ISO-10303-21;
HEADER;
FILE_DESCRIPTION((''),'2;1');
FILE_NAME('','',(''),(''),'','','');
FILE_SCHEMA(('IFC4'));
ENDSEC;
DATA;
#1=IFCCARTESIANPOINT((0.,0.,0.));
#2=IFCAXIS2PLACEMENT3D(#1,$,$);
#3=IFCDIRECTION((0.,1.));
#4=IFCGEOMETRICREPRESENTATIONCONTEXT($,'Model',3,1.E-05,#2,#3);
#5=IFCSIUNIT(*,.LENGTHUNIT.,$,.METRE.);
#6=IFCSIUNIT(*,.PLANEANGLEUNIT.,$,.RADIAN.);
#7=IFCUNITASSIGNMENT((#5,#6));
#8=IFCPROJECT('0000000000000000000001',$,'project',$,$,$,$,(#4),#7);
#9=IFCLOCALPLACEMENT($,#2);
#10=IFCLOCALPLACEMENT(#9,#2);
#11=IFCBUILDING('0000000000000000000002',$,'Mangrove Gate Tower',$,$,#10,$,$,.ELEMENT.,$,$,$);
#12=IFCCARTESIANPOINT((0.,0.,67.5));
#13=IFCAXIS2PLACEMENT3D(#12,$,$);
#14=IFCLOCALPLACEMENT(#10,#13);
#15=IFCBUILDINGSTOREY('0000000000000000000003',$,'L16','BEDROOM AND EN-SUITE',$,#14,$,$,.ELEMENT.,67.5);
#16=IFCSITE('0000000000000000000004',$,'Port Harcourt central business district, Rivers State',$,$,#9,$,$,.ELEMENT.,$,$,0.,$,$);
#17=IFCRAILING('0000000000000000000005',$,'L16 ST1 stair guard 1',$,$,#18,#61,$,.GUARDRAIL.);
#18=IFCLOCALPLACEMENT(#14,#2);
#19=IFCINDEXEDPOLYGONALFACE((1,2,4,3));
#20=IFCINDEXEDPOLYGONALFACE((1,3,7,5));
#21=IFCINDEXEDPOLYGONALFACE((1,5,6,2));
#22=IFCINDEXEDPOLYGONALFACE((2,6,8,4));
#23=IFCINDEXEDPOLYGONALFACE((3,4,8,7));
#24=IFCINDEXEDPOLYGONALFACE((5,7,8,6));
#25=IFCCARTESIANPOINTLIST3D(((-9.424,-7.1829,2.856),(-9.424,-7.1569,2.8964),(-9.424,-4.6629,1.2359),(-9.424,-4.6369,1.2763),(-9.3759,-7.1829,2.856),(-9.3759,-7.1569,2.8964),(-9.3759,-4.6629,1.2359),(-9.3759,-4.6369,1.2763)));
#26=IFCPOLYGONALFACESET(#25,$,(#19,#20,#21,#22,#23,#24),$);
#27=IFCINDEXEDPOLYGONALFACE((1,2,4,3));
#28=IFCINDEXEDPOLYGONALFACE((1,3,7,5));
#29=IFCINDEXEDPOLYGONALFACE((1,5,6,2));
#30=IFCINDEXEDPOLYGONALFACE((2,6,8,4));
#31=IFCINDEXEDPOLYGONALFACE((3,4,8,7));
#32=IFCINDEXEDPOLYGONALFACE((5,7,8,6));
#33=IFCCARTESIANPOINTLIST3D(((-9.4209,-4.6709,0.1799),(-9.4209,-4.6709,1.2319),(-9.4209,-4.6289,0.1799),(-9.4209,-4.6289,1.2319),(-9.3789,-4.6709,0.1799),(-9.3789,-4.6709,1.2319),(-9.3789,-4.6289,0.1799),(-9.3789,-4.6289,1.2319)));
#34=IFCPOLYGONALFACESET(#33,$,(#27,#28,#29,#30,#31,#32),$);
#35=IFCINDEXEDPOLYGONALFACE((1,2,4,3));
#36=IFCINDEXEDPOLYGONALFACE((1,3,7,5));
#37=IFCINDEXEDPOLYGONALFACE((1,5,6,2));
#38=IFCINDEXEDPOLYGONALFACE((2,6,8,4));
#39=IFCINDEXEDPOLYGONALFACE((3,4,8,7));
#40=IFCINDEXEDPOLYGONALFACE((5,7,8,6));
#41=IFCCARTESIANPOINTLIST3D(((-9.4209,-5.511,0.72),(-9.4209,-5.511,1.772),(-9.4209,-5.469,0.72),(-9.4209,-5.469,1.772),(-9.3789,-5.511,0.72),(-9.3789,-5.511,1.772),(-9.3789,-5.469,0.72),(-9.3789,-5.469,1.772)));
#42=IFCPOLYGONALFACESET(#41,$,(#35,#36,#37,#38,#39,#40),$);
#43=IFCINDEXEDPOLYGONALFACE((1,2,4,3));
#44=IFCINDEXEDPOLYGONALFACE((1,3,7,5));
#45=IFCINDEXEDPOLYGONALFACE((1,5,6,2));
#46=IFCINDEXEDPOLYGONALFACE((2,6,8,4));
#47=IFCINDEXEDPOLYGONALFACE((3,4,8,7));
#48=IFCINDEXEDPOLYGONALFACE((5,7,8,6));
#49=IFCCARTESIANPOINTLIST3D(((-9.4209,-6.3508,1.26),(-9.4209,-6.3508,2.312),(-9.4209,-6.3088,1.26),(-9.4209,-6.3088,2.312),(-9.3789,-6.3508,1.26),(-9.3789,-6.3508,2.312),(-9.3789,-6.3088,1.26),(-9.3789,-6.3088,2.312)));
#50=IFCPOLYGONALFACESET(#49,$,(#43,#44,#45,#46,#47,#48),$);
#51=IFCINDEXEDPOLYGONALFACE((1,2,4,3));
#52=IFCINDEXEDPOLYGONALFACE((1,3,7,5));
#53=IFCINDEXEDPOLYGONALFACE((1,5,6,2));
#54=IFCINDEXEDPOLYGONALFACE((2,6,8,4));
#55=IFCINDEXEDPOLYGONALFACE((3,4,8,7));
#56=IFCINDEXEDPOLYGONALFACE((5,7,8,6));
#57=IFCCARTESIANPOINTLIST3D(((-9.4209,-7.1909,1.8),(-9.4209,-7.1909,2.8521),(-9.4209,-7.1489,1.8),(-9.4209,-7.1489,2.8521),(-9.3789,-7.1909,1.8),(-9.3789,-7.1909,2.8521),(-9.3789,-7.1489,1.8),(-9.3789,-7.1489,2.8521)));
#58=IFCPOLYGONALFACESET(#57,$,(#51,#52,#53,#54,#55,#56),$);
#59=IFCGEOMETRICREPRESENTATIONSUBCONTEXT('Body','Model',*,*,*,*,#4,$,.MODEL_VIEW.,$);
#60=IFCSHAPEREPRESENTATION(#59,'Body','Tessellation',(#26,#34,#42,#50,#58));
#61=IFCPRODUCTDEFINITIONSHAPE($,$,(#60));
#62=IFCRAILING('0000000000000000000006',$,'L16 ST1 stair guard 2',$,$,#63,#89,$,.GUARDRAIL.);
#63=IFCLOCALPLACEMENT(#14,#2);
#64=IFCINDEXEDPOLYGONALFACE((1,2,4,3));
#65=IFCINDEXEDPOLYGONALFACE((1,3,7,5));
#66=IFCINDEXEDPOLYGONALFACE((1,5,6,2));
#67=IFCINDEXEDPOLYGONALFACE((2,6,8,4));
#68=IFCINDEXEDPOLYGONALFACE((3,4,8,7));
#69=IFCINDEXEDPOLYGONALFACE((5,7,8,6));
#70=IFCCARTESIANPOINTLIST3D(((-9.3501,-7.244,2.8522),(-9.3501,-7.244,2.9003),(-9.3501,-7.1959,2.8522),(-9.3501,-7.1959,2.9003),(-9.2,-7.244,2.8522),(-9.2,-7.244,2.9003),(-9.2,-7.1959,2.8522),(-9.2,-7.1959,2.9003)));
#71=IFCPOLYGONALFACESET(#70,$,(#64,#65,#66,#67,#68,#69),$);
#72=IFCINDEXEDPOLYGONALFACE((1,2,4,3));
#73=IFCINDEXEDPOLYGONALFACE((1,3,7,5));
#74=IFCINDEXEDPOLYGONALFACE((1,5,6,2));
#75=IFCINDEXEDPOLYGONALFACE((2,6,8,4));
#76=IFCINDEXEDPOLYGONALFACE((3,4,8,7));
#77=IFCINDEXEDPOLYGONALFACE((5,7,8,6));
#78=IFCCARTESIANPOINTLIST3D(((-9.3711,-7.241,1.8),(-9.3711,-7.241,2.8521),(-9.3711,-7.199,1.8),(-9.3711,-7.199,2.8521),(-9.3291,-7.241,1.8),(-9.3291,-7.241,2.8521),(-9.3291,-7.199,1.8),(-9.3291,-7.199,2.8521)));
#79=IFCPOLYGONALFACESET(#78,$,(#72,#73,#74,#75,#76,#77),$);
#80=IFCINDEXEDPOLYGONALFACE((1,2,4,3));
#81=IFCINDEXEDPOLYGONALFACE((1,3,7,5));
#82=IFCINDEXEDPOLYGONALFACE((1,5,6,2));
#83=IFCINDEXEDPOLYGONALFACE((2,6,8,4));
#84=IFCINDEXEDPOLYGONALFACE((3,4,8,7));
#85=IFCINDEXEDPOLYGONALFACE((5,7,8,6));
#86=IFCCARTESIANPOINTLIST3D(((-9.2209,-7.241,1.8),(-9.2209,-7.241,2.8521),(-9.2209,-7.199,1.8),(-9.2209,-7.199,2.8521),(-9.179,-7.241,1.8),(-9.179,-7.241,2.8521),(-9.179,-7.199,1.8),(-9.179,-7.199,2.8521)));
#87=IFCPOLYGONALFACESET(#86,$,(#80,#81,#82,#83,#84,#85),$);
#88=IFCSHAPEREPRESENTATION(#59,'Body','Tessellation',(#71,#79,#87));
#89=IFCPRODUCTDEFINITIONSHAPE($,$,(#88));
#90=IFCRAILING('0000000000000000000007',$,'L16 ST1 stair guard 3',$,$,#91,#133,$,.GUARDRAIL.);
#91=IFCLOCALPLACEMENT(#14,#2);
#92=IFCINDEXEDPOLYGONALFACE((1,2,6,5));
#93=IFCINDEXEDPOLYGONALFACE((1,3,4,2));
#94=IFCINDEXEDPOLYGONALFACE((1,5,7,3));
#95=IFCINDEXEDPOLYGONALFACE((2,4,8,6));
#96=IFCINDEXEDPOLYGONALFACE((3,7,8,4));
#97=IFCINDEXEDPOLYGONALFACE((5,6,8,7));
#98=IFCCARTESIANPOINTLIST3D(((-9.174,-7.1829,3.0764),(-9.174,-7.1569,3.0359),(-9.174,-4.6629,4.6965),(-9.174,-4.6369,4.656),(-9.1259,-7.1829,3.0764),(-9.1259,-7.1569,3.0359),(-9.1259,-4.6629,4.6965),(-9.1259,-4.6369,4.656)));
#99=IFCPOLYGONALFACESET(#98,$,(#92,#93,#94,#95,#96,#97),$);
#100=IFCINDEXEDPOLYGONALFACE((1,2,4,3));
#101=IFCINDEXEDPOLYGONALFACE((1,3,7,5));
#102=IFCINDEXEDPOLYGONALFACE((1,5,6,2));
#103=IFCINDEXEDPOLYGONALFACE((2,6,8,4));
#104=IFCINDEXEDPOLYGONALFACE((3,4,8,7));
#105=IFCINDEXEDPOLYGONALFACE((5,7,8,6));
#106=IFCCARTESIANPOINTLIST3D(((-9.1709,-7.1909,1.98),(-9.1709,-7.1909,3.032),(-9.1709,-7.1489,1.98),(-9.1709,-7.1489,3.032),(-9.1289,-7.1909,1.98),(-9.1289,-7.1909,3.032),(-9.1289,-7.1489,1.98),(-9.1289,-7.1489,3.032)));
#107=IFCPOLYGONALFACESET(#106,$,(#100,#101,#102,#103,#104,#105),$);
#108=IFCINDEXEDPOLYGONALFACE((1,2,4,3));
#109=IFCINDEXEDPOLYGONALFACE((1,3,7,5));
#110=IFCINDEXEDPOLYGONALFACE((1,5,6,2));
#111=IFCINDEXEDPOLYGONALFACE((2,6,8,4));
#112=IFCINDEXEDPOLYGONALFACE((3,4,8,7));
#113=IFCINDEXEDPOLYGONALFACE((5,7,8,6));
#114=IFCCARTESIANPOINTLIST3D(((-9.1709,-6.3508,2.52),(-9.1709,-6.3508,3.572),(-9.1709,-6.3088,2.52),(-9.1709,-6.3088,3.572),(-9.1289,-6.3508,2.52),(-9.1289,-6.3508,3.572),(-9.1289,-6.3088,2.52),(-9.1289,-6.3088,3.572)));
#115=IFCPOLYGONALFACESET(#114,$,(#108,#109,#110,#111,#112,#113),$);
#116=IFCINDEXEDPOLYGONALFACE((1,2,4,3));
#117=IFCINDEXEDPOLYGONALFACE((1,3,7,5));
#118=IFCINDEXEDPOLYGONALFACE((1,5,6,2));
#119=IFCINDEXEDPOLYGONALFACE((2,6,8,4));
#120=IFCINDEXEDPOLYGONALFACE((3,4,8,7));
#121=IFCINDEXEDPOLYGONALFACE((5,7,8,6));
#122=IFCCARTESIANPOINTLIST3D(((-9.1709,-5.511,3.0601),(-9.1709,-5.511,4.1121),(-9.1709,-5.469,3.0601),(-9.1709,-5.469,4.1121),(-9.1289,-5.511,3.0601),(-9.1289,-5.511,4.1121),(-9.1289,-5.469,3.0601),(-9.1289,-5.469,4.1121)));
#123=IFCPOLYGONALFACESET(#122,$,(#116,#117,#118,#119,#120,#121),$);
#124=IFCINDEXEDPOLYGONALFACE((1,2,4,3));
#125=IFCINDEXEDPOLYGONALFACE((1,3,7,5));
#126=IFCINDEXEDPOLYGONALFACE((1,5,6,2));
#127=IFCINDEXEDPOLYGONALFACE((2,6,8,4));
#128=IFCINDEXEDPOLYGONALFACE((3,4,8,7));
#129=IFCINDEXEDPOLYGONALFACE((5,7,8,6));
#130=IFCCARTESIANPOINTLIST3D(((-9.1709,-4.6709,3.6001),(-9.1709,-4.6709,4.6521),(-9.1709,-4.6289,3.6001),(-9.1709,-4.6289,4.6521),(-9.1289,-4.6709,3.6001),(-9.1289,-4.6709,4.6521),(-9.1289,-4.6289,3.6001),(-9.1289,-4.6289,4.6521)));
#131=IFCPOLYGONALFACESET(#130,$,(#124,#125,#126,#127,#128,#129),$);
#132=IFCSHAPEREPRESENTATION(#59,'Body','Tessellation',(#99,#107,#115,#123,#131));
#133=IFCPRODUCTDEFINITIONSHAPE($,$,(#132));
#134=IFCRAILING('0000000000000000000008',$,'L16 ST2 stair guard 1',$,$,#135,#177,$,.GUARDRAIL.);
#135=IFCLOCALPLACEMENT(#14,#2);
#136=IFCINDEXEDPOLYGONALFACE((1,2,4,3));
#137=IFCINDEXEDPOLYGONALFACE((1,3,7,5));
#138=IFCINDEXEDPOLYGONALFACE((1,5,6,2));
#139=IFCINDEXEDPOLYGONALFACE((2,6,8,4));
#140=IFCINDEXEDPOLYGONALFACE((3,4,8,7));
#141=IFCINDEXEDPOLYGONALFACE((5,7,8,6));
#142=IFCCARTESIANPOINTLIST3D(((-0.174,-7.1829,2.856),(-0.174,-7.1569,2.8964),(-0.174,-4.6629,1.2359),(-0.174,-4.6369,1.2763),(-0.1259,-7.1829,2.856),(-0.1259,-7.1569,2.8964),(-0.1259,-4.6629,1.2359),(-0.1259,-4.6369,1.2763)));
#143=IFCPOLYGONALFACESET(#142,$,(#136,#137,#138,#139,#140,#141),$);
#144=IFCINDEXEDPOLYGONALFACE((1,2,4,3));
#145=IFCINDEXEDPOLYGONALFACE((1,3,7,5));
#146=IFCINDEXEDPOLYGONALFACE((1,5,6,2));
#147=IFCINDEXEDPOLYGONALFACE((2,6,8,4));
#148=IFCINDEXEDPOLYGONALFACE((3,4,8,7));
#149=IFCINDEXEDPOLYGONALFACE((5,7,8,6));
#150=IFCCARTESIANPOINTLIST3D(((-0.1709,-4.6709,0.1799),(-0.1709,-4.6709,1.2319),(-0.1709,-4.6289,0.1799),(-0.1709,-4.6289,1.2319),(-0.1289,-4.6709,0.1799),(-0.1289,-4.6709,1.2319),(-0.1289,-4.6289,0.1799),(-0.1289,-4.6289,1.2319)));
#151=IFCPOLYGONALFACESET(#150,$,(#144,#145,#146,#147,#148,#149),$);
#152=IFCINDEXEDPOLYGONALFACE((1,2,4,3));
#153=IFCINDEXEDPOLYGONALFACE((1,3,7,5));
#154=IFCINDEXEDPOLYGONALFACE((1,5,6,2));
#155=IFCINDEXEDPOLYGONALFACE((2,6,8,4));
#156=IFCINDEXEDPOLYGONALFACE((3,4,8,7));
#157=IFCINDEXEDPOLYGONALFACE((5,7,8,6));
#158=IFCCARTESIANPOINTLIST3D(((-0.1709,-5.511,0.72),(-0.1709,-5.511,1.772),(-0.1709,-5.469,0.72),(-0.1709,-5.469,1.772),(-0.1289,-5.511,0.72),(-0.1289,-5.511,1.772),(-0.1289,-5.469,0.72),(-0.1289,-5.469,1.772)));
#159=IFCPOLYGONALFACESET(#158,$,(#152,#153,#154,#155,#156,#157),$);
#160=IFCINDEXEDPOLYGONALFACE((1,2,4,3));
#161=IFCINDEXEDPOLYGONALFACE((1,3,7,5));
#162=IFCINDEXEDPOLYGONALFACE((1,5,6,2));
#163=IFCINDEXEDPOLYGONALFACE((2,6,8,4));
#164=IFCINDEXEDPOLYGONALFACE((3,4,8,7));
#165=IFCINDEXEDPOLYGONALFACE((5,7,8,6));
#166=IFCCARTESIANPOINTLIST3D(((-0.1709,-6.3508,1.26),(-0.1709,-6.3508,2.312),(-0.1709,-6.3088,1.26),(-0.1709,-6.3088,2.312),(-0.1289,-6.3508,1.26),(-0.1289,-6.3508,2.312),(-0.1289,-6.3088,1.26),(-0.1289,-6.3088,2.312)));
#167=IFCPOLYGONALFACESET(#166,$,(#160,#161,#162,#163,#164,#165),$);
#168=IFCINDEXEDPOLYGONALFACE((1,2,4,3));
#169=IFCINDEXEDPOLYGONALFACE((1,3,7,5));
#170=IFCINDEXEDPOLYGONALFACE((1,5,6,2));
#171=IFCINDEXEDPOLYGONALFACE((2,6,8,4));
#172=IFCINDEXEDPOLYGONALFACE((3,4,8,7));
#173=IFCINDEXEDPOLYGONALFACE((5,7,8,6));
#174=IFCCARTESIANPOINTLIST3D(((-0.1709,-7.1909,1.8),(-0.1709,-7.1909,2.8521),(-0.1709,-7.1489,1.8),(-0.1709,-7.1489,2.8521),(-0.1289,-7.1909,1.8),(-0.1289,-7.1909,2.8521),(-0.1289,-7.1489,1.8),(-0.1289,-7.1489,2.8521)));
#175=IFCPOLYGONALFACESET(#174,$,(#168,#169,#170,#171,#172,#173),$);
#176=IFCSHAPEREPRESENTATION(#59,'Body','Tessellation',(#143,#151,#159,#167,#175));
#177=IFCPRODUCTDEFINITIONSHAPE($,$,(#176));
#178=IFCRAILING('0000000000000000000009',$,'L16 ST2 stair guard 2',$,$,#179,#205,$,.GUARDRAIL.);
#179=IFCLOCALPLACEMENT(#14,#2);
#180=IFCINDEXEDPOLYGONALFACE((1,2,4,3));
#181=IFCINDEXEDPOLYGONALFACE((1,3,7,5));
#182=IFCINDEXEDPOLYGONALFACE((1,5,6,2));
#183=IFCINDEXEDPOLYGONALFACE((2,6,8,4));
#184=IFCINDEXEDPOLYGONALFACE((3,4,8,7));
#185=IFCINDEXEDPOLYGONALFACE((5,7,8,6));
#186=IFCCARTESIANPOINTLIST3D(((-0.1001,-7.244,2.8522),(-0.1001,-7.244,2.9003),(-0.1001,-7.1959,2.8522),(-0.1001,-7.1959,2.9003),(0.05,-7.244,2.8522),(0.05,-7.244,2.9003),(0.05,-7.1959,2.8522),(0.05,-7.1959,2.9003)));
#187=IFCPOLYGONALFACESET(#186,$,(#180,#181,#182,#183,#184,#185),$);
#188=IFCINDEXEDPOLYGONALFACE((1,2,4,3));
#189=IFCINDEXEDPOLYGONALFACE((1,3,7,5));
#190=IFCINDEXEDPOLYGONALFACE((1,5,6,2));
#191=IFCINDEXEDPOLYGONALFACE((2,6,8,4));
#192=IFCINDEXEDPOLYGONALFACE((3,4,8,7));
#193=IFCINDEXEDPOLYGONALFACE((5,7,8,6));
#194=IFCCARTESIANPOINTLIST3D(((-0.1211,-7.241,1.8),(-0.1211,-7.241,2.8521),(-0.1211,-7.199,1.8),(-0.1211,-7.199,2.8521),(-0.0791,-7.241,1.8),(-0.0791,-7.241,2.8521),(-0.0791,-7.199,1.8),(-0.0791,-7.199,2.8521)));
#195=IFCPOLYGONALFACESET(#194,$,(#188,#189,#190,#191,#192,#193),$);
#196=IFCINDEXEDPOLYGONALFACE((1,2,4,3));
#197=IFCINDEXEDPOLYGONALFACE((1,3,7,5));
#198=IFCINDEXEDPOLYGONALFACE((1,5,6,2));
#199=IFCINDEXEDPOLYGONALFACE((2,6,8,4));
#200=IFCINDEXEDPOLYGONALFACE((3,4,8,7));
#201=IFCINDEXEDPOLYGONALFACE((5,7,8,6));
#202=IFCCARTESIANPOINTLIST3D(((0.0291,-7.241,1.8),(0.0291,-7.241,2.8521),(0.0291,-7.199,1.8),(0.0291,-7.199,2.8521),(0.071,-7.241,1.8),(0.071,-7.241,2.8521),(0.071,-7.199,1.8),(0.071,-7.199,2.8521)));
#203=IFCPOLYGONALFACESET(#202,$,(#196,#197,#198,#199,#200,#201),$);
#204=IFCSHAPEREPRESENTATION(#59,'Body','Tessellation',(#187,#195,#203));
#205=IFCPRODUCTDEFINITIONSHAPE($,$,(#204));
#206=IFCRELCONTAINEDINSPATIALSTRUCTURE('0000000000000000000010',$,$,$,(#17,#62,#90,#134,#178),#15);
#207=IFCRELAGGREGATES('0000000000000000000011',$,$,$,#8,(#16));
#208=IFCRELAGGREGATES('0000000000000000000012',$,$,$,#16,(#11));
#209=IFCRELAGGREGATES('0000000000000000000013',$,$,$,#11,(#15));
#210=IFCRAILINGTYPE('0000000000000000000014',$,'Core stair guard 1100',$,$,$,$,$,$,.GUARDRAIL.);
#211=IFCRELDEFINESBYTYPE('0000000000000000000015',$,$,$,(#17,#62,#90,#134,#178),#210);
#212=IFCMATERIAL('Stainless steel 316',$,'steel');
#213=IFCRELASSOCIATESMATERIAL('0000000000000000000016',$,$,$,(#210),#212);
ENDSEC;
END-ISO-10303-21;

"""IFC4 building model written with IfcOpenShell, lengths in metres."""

from ifc_helpers import new_model, si_unit, direction, frame, origin, origin_2d, place, context, subcontext, project, spatial, rectangle, extrude, material, type_object, element, save


model = new_model("IFC4")

# Units and contexts
model_context = context("Model", 3, precision=1e-05, world=origin(), true_north=direction((0.0, 1.0)))
body_context = subcontext(model_context, "Body", "Model", "MODEL_VIEW")
ifc_project = project(units=[si_unit("LENGTHUNIT", "METRE"), si_unit("PLANEANGLEUNIT", "RADIAN")], contexts=[model_context])

# Site, building, storey
site_placement = place(None, origin())
site = spatial("IfcSite", under=ifc_project, at=site_placement, Name="Port Harcourt central business district, Rivers State", CompositionType="ELEMENT", RefElevation=0.0)
building_placement = place(site_placement, origin())
building = spatial("IfcBuilding", under=site, at=building_placement, Name="Mangrove Gate Tower", CompositionType="ELEMENT")
storey_placement = place(building_placement, frame((0.0, 0.0, 67.5)))
storey = spatial("IfcBuildingStorey", under=building, at=storey_placement, Name="L16", Description="BEDROOM AND EN-SUITE", CompositionType="ELEMENT", Elevation=67.5)

# Railings
ifc_material_1 = material(Name="Stainless steel 316", Category="steel")
railing_type_1 = type_object("IfcRailingType", Name="Core stair guard 1100", PredefinedType="GUARDRAIL", material=ifc_material_1)
railing_1_placement = place(storey_placement, frame((-9.3999, -4.6499, 0.1799)))
element("IfcRailing", 1, at=railing_1_placement, inside=storey, type_object=railing_type_1, Name="L16 ST1 stair guard 1", PredefinedType="GUARDRAIL", context=body_context, shape_type="SweptSolid", body=[
    extrude(rectangle(XDim=0.0481, YDim=0.0481, at=origin_2d()), frame((0.0, 0.0, 1.0762), z_axis=(0.0, -0.841163, 0.540782), x_axis=(1.0, 0.0, 0.0)), (0.0, 0.0, 1.0), 2.9958),
    extrude(rectangle(XDim=0.042, YDim=0.042, at=origin_2d()), origin(), (0.0, 0.0, 1.0), 1.052),
    extrude(rectangle(XDim=0.042, YDim=0.042, at=origin_2d()), frame((0.0, -0.8401, 0.54)), (0.0, 0.0, 1.0), 1.052),
    extrude(rectangle(XDim=0.042, YDim=0.042, at=origin_2d()), frame((0.0, -1.6799, 1.0801)), (0.0, 0.0, 1.0), 1.052),
    extrude(rectangle(XDim=0.042, YDim=0.042, at=origin_2d()), frame((0.0, -2.52, 1.6201)), (0.0, 0.0, 1.0), 1.052),
])
railing_2_placement = place(storey_placement, frame((-9.3501, -7.22, 1.8)))
element("IfcRailing", 2, at=railing_2_placement, inside=storey, type_object=railing_type_1, Name="L16 ST1 stair guard 2", PredefinedType="GUARDRAIL", context=body_context, shape_type="SweptSolid", body=[
    extrude(rectangle(XDim=0.0481, YDim=0.0481, at=origin_2d()), frame((0.0, 0.0, 1.0762), z_axis=(1.0, 0.0, 0.0), x_axis=(0.0, 1.0, 0.0)), (0.0, 0.0, 1.0), 0.1501),
    extrude(rectangle(XDim=0.042, YDim=0.042, at=origin_2d()), origin(), (0.0, 0.0, 1.0), 1.052),
    extrude(rectangle(XDim=0.042, YDim=0.042, at=origin_2d()), frame((0.1501, 0.0, 0.0)), (0.0, 0.0, 1.0), 1.052),
])
railing_3_placement = place(storey_placement, frame((-9.1499, -7.1699, 1.98)))
element("IfcRailing", 3, at=railing_3_placement, inside=storey, type_object=railing_type_1, Name="L16 ST1 stair guard 3", PredefinedType="GUARDRAIL", context=body_context, shape_type="SweptSolid", body=[
    extrude(rectangle(XDim=0.0481, YDim=0.0481, at=origin_2d()), frame((0.0, 0.0, 1.0762), z_axis=(0.0, 0.841163, 0.540782), x_axis=(-1.0, 0.0, 0.0)), (0.0, 0.0, 1.0), 2.9958),
    extrude(rectangle(XDim=0.042, YDim=0.042, at=origin_2d()), origin(), (0.0, 0.0, 1.0), 1.052),
    extrude(rectangle(XDim=0.042, YDim=0.042, at=origin_2d()), frame((0.0, 0.8401, 0.54)), (0.0, 0.0, 1.0), 1.052),
    extrude(rectangle(XDim=0.042, YDim=0.042, at=origin_2d()), frame((0.0, 1.6799, 1.0801)), (0.0, 0.0, 1.0), 1.052),
    extrude(rectangle(XDim=0.042, YDim=0.042, at=origin_2d()), frame((0.0, 2.52, 1.6201)), (0.0, 0.0, 1.0), 1.052),
])
railing_4_placement = place(storey_placement, frame((-0.1499, -4.6499, 0.1799)))
element("IfcRailing", 4, at=railing_4_placement, inside=storey, type_object=railing_type_1, Name="L16 ST2 stair guard 1", PredefinedType="GUARDRAIL", context=body_context, shape_type="SweptSolid", body=[
    extrude(rectangle(XDim=0.0481, YDim=0.0481, at=origin_2d()), frame((0.0, 0.0, 1.0762), z_axis=(0.0, -0.841163, 0.540782), x_axis=(1.0, 0.0, 0.0)), (0.0, 0.0, 1.0), 2.9958),
    extrude(rectangle(XDim=0.042, YDim=0.042, at=origin_2d()), origin(), (0.0, 0.0, 1.0), 1.052),
    extrude(rectangle(XDim=0.042, YDim=0.042, at=origin_2d()), frame((0.0, -0.8401, 0.54)), (0.0, 0.0, 1.0), 1.052),
    extrude(rectangle(XDim=0.042, YDim=0.042, at=origin_2d()), frame((0.0, -1.6799, 1.0801)), (0.0, 0.0, 1.0), 1.052),
    extrude(rectangle(XDim=0.042, YDim=0.042, at=origin_2d()), frame((0.0, -2.52, 1.6201)), (0.0, 0.0, 1.0), 1.052),
])
railing_5_placement = place(storey_placement, frame((-0.1001, -7.22, 1.8)))
element("IfcRailing", 5, at=railing_5_placement, inside=storey, type_object=railing_type_1, Name="L16 ST2 stair guard 2", PredefinedType="GUARDRAIL", context=body_context, shape_type="SweptSolid", body=[
    extrude(rectangle(XDim=0.0481, YDim=0.0481, at=origin_2d()), frame((0.0, 0.0, 1.0762), z_axis=(1.0, 0.0, 0.0), x_axis=(0.0, 1.0, 0.0)), (0.0, 0.0, 1.0), 0.1501),
    extrude(rectangle(XDim=0.042, YDim=0.042, at=origin_2d()), origin(), (0.0, 0.0, 1.0), 1.052),
    extrude(rectangle(XDim=0.042, YDim=0.042, at=origin_2d()), frame((0.1501, 0.0, 0.0)), (0.0, 0.0, 1.0), 1.052),
])

save(model, "model.ifc")
